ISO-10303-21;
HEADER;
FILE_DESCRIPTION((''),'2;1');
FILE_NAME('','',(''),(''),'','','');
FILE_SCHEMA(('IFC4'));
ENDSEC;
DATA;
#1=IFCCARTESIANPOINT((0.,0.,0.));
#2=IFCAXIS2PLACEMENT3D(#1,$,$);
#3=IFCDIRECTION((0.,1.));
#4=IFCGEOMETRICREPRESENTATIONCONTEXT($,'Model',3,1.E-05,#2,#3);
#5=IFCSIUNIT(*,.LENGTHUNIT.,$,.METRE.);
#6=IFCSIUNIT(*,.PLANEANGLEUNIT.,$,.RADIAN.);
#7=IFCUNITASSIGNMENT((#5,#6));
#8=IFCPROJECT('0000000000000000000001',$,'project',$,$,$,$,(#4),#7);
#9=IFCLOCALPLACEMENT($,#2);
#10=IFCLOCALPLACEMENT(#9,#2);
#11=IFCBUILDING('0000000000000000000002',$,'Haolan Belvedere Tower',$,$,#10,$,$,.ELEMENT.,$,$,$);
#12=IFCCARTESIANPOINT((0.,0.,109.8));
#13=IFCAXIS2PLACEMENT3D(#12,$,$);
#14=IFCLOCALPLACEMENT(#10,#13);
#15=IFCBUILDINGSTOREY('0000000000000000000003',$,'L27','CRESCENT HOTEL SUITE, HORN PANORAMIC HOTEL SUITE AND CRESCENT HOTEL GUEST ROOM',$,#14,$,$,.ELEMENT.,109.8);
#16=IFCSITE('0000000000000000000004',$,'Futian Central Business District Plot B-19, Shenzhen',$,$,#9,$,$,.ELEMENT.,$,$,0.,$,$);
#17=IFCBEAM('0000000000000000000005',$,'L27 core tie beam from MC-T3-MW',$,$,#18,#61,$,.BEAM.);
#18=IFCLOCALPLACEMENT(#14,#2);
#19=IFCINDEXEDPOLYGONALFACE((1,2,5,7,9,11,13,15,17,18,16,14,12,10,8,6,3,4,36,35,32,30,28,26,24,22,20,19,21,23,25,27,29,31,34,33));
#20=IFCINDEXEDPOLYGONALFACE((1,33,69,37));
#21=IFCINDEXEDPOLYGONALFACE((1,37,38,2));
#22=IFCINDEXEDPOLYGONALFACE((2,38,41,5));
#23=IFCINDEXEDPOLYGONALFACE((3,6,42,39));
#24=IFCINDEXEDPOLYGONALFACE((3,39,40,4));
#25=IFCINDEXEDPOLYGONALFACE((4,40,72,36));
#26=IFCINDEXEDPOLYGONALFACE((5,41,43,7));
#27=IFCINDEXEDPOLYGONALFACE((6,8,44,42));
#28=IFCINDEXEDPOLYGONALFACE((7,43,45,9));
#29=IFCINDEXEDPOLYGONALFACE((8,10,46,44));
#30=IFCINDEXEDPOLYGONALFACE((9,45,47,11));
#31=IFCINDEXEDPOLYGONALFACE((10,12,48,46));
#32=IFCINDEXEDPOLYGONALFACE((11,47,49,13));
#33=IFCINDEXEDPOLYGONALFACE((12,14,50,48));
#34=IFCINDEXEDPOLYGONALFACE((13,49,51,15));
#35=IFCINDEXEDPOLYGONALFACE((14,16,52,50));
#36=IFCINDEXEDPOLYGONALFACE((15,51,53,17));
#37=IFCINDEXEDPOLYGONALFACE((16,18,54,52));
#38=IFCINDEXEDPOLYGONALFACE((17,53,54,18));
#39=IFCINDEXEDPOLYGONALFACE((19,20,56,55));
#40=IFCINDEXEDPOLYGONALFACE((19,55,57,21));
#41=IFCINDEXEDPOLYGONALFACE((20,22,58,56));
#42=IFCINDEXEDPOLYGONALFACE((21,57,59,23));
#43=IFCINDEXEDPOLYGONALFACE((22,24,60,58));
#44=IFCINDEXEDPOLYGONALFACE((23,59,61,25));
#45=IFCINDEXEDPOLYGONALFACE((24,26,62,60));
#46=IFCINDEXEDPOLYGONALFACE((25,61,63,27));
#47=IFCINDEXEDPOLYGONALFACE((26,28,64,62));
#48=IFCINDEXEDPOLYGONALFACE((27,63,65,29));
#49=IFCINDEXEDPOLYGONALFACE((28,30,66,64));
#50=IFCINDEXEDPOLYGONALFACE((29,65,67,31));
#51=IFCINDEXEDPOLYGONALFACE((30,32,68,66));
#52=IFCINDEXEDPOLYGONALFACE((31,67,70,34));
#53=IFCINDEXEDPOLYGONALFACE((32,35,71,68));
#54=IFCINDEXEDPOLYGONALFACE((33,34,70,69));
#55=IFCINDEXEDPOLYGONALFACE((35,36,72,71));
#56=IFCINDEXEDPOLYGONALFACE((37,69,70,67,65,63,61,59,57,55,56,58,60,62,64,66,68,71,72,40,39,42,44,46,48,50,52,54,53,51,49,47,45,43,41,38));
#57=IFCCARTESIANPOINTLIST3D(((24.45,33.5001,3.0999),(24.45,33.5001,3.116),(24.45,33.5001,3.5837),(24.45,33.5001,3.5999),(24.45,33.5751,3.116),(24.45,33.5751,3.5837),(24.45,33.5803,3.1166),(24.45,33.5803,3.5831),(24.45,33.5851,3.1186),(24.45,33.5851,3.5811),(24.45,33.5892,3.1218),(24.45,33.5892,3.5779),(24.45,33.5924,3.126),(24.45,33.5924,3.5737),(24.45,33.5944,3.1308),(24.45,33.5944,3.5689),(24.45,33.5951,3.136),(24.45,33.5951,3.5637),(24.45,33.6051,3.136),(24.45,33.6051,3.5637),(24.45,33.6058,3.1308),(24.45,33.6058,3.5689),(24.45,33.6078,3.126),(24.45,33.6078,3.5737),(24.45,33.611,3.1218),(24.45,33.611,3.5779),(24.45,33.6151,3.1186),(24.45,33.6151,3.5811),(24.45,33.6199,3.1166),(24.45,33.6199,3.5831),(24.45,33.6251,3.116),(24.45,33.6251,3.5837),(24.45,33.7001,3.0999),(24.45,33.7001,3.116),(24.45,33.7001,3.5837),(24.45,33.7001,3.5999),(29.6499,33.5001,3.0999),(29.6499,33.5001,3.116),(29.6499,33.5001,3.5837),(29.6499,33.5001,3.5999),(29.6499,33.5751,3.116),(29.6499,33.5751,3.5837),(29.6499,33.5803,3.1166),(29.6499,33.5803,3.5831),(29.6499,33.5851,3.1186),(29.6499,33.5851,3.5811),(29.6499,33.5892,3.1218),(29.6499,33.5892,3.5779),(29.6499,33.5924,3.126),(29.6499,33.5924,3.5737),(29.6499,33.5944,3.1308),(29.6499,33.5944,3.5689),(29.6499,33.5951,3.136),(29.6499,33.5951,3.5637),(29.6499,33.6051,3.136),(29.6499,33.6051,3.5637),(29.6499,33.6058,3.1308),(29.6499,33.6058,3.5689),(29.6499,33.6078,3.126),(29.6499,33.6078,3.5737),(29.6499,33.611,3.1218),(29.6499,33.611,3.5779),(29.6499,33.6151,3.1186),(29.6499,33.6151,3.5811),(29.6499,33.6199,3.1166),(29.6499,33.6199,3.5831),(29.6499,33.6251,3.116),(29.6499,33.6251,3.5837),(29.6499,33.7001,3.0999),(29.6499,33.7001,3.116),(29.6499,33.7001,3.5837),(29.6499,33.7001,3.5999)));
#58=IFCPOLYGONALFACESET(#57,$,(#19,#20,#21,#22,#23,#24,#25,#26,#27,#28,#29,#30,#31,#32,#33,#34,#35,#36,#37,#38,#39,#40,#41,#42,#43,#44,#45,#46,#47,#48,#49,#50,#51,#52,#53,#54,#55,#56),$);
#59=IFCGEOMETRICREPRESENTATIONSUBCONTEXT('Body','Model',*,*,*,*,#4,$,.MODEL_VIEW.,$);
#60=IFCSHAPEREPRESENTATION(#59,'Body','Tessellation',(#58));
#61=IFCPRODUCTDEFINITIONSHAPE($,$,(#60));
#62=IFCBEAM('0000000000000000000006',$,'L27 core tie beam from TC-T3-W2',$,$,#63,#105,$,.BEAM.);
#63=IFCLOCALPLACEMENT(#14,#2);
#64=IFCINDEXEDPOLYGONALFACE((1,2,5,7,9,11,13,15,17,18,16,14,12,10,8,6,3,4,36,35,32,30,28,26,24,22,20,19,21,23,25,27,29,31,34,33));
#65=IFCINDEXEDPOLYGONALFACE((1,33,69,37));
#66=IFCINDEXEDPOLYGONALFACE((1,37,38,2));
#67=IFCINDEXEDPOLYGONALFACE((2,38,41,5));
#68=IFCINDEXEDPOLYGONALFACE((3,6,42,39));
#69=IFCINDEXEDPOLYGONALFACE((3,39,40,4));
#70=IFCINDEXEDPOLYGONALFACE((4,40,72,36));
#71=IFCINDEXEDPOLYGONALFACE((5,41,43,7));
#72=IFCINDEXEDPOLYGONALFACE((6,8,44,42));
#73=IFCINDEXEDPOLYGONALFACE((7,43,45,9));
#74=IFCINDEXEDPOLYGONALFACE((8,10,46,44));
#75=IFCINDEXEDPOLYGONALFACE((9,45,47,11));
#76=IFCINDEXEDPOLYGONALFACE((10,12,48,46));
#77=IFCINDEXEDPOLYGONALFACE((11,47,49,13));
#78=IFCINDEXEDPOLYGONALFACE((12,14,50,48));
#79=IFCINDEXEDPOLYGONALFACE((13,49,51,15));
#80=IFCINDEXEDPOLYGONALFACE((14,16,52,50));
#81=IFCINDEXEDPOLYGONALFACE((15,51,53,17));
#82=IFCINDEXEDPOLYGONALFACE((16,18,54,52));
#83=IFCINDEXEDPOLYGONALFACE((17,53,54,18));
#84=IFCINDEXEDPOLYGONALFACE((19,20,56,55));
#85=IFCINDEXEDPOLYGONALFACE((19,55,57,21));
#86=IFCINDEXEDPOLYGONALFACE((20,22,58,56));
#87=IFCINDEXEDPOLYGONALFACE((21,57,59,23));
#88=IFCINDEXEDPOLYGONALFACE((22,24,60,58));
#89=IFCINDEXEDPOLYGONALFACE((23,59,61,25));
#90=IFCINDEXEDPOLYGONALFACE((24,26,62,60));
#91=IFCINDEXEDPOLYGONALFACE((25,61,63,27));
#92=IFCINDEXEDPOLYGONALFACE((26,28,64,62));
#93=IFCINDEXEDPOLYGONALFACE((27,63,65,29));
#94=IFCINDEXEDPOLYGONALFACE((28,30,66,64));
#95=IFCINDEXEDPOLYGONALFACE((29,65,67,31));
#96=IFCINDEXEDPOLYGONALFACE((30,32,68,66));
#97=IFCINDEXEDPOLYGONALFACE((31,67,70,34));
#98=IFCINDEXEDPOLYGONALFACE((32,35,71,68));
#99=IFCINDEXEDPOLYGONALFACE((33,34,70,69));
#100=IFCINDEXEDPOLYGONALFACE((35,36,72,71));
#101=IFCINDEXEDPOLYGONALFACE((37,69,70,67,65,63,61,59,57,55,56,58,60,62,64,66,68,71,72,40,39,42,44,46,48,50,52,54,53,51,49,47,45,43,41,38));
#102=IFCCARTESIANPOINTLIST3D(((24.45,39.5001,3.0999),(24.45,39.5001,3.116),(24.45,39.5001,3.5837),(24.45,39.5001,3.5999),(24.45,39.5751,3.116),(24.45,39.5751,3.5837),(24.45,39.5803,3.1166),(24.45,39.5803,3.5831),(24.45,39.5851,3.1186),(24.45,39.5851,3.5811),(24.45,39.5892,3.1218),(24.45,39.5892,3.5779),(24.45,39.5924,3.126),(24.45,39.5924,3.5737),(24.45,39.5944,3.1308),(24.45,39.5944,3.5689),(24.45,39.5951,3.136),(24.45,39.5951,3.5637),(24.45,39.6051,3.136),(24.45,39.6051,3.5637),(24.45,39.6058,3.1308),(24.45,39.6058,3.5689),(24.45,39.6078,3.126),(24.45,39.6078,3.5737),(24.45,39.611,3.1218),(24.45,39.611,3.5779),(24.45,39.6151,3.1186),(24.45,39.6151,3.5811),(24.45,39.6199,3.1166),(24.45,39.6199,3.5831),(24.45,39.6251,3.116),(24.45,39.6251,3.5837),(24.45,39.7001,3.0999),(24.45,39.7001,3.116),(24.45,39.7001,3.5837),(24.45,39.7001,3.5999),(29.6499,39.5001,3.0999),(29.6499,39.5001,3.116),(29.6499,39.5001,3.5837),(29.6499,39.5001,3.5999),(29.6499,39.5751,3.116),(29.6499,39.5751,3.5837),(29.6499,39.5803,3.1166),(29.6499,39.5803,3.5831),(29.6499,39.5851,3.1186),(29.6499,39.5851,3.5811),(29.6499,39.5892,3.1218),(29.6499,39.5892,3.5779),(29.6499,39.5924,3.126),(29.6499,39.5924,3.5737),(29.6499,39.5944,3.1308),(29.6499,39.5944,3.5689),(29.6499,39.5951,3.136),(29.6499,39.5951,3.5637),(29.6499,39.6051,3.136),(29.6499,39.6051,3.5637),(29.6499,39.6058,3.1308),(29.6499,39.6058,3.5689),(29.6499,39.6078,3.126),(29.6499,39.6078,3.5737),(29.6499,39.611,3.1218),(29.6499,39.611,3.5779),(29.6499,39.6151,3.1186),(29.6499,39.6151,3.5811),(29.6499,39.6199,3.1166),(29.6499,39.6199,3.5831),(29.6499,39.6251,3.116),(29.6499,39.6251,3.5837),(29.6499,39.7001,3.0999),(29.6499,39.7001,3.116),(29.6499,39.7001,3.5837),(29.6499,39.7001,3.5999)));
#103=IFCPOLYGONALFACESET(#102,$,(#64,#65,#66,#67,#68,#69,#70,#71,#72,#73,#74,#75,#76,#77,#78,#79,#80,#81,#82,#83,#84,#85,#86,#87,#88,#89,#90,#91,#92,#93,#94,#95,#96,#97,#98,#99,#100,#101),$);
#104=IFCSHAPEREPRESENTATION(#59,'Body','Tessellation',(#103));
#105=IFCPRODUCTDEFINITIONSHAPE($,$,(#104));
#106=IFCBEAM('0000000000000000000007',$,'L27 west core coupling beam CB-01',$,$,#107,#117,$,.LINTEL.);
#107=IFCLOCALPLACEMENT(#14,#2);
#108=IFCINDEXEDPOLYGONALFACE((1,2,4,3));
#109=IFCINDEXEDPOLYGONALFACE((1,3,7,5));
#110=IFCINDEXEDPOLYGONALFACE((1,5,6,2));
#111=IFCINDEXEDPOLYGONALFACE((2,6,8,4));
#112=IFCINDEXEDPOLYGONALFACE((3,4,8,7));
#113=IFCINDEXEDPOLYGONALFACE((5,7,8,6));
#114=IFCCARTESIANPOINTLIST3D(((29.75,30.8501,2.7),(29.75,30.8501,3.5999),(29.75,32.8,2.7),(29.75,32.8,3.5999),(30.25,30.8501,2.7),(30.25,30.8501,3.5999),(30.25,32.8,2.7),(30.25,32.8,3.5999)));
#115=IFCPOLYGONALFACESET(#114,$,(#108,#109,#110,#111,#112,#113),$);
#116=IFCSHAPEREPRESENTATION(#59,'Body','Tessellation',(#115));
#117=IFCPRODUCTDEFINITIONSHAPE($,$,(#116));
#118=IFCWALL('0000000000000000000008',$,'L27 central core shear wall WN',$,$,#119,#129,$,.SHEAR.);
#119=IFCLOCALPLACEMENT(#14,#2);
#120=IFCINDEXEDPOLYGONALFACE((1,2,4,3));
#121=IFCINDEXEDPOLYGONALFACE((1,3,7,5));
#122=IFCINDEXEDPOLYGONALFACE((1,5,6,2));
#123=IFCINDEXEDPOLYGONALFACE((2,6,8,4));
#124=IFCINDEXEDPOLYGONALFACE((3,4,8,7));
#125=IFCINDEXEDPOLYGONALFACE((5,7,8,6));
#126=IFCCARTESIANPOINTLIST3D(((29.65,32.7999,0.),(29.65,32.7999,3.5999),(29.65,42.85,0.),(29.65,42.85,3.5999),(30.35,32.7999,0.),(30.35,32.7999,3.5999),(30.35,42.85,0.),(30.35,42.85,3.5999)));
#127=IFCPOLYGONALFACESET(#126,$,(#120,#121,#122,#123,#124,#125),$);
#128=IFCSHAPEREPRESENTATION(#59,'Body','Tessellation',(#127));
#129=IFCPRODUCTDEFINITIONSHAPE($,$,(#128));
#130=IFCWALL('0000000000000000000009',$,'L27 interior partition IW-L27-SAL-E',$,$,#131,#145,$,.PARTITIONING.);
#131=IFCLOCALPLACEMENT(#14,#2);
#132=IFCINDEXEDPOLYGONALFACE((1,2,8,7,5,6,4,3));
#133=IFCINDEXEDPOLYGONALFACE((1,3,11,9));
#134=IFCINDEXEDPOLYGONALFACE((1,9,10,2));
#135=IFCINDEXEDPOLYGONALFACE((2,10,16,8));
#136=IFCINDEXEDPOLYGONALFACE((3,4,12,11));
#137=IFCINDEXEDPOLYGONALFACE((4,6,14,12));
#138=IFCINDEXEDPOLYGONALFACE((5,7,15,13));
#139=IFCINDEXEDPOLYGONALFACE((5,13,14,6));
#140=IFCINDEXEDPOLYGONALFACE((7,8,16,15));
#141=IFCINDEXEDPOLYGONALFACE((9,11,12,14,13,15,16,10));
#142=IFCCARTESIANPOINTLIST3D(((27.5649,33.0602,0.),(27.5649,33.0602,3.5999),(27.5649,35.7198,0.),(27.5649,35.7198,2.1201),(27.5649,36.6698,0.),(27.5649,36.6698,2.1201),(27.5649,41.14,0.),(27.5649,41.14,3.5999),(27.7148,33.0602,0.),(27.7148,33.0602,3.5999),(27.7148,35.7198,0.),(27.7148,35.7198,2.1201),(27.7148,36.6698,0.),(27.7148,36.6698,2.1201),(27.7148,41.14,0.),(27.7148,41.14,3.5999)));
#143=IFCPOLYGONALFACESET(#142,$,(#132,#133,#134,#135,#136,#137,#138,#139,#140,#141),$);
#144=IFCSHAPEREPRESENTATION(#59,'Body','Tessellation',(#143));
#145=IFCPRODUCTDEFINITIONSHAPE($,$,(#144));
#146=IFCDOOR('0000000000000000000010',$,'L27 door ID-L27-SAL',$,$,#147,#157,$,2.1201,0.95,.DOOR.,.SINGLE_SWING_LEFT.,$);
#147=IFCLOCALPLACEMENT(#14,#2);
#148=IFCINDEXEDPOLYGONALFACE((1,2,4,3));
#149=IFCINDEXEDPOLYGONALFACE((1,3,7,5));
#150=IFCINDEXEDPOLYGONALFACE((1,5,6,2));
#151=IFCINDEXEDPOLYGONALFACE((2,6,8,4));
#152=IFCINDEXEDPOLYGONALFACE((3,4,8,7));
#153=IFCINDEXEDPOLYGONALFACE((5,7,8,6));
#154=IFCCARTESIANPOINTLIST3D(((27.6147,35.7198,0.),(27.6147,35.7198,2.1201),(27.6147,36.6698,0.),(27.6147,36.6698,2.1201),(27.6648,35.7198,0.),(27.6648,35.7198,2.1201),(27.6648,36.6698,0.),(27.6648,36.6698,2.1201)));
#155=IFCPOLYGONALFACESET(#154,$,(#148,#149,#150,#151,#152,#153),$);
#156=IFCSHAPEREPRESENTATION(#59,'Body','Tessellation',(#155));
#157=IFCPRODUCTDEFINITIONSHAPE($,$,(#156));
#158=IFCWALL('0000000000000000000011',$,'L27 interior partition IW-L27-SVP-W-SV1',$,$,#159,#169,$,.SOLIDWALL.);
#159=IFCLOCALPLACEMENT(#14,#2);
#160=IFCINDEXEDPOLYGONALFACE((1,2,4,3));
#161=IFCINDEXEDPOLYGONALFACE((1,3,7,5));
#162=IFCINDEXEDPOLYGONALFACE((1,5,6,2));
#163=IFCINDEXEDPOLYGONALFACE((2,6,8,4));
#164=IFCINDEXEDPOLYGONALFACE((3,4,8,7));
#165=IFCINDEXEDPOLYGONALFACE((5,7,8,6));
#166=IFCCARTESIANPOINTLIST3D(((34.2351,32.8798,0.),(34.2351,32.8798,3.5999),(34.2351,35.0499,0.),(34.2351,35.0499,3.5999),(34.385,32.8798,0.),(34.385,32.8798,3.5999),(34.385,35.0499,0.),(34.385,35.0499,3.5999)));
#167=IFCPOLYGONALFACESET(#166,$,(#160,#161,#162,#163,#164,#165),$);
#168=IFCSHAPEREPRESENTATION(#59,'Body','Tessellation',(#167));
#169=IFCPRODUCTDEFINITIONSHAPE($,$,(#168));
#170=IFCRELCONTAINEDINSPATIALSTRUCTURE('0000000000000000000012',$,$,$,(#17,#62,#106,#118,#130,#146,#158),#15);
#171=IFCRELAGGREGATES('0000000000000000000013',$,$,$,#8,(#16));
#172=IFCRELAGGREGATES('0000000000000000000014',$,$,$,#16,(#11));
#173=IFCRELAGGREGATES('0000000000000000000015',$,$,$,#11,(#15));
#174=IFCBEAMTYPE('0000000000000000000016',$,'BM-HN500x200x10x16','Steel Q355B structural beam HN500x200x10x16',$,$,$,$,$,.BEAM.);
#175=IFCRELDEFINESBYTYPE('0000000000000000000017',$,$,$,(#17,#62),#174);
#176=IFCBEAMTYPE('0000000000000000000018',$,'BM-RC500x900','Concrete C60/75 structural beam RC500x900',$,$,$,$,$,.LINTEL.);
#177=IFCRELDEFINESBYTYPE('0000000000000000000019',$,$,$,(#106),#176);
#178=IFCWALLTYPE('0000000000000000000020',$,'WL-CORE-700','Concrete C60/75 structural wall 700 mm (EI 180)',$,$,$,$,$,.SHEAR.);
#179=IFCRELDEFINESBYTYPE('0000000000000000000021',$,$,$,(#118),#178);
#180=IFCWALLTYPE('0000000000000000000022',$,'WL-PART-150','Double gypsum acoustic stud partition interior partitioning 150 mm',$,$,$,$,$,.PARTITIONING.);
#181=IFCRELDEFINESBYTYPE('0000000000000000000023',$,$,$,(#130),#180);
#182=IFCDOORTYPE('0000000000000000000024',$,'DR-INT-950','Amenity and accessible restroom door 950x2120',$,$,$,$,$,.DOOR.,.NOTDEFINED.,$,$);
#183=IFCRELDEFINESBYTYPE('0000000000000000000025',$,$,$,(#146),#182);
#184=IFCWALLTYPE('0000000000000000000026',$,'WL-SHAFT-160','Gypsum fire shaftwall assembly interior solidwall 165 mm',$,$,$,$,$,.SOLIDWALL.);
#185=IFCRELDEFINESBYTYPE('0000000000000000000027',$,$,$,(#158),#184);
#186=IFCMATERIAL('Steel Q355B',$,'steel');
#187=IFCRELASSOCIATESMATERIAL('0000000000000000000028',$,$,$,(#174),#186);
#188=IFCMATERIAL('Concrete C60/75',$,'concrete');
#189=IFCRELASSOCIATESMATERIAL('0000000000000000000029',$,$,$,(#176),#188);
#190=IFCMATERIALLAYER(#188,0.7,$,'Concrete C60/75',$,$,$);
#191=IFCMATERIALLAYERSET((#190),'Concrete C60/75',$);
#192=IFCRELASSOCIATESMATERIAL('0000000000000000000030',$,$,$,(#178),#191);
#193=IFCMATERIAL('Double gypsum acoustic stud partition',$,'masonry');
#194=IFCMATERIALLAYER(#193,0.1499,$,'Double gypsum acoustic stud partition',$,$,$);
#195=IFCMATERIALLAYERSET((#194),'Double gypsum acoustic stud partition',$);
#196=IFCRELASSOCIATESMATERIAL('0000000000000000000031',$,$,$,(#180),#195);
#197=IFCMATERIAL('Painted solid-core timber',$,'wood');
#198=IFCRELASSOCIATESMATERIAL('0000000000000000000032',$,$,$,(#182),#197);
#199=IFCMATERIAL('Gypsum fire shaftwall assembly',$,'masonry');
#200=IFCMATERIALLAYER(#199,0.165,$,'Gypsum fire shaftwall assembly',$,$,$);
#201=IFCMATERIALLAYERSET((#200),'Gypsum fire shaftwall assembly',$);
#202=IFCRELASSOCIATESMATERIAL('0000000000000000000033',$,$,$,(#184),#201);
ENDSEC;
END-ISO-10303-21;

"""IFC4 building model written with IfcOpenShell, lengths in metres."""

from ifc_helpers import new_model, si_unit, direction, frame, frame_2d, origin, origin_2d, place, context, subcontext, project, spatial, rectangle, i_section, extrude, material, layer, layer_set, material_profile, profile_set, type_object, element, fill, save


model = new_model("IFC4")

# Units and contexts
model_context = context("Model", 3, precision=1e-05, world=origin(), true_north=direction((0.0, 1.0)))
body_context = subcontext(model_context, "Body", "Model", "MODEL_VIEW")
ifc_project = project(units=[si_unit("LENGTHUNIT", "METRE"), si_unit("PLANEANGLEUNIT", "RADIAN")], contexts=[model_context])

# Site, building, storey
site_placement = place(None, origin())
site = spatial("IfcSite", under=ifc_project, at=site_placement, Name="Futian Central Business District Plot B-19, Shenzhen", CompositionType="ELEMENT", RefElevation=0.0)
building_placement = place(site_placement, origin())
building = spatial("IfcBuilding", under=site, at=building_placement, Name="Haolan Belvedere Tower", CompositionType="ELEMENT")
storey_placement = place(building_placement, frame((0.0, 0.0, 109.8)))
storey = spatial("IfcBuildingStorey", under=building, at=storey_placement, Name="L27", Description="CRESCENT HOTEL SUITE, HORN PANORAMIC HOTEL SUITE AND CRESCENT HOTEL GUEST ROOM", CompositionType="ELEMENT", Elevation=109.8)

# Beams
ifc_material_1 = material(Name="Steel Q355B", Category="steel")
ifc_material_profile_1 = material_profile(ifc_material_1, i_section(OverallWidth=0.2, OverallDepth=0.5, WebThickness=0.01, FlangeThickness=0.0161, FilletRadius=0.02, at=origin_2d()), Name="Steel Q355B")
ifc_profile_set_1 = profile_set([ifc_material_profile_1], Name="Steel Q355B")
beam_type_1 = type_object("IfcBeamType", Name="BM-HN500x200x10x16", Description="Steel Q355B structural beam HN500x200x10x16", PredefinedType="BEAM", material=ifc_profile_set_1)
for number, where, z_axis, x_axis, name in (
    (1, (24.45, 33.6001, 3.3499), (1.0, 0.0, 0.0), (0.0, 1.0, 0.0), "L27 core tie beam from MC-T3-MW"),
    (2, (24.45, 39.6001, 3.3499), (1.0, 0.0, 0.0), (0.0, 1.0, 0.0), "L27 core tie beam from TC-T3-W2"),
):
    element("IfcBeam", number, at=place(storey_placement, frame(where, z_axis=z_axis, x_axis=x_axis)), inside=storey, type_object=beam_type_1, Name=name, PredefinedType="BEAM", context=body_context, shape_type="SweptSolid", body=[
        extrude(i_section(OverallWidth=0.2, OverallDepth=0.5, WebThickness=0.01, FlangeThickness=0.0161, FilletRadius=0.02, at=origin_2d()), origin(), (0.0, 0.0, 1.0), 5.2),
    ])
ifc_material_2 = material(Name="Concrete C60/75", Category="concrete")
ifc_material_profile_2 = material_profile(ifc_material_2, rectangle(XDim=0.5, YDim=0.8999, at=origin_2d()), Name="Concrete C60/75")
ifc_profile_set_2 = profile_set([ifc_material_profile_2], Name="Concrete C60/75")
beam_type_2 = type_object("IfcBeamType", Name="BM-RC500x900", Description="Concrete C60/75 structural beam RC500x900", PredefinedType="LINTEL", material=ifc_profile_set_2)
beam_placement = place(storey_placement, frame((30.0, 30.8501, 3.1499), z_axis=(0.0, 1.0, 0.0), x_axis=(-1.0, 0.0, 0.0)))
element("IfcBeam", 3, at=beam_placement, inside=storey, type_object=beam_type_2, Name="L27 west core coupling beam CB-01", PredefinedType="LINTEL", context=body_context, shape_type="SweptSolid", body=[
    extrude(rectangle(XDim=0.5, YDim=0.8999, at=origin_2d()), origin(), (0.0, 0.0, 1.0), 1.95),
])

# Wall
ifc_layer_1 = layer(ifc_material_2, 0.7, Name="Concrete C60/75")
ifc_layer_set_1 = layer_set([ifc_layer_1], Name="Concrete C60/75")
wall_type_1 = type_object("IfcWallType", Name="WL-CORE-700", Description="Concrete C60/75 structural wall 700 mm (EI 180)", PredefinedType="SHEAR", material=ifc_layer_set_1)
wall_1_placement = place(storey_placement, frame((30.0, 32.8, 0.0), z_axis=(0.0, 0.0, 1.0), x_axis=(0.0, 1.0, 0.0)))
element("IfcWall", 4, at=wall_1_placement, inside=storey, type_object=wall_type_1, Name="L27 central core shear wall WN", PredefinedType="SHEAR", context=body_context, shape_type="SweptSolid", body=[
    extrude(rectangle(XDim=10.05, YDim=0.7, at=frame_2d((5.0249, 0.0))), origin(), (0.0, 0.0, 1.0), 3.5999),
])

# Wall, opening, door
ifc_material_3 = material(Name="Double gypsum acoustic stud partition", Category="masonry")
ifc_layer_2 = layer(ifc_material_3, 0.1499, Name="Double gypsum acoustic stud partition")
ifc_layer_set_2 = layer_set([ifc_layer_2], Name="Double gypsum acoustic stud partition")
wall_type_2 = type_object("IfcWallType", Name="WL-PART-150", Description="Double gypsum acoustic stud partition interior partitioning 150 mm", PredefinedType="PARTITIONING", material=ifc_layer_set_2)
wall_2_placement = place(storey_placement, frame((27.6399, 33.0601, 0.0), z_axis=(0.0, 0.0, 1.0), x_axis=(0.0, 1.0, 0.0)))
wall_2 = element("IfcWall", 5, at=wall_2_placement, inside=storey, type_object=wall_type_2, Name="L27 interior partition IW-L27-SAL-E", PredefinedType="PARTITIONING", context=body_context, shape_type="SweptSolid", body=[
    extrude(rectangle(XDim=8.0798, YDim=0.1499, at=frame_2d((4.04, 0.0))), origin(), (0.0, 0.0, 1.0), 3.5999),
])
opening_1_placement = place(wall_2_placement, frame((3.6099, 0.0, 0.0), z_axis=(0.0, 0.0, 1.0), x_axis=(-1.0, 0.0, 0.0)))
opening_1 = element("IfcOpeningElement", 6, at=opening_1_placement, cuts=wall_2, PredefinedType="OPENING", context=body_context, shape_type="SweptSolid", body=[
    extrude(rectangle(XDim=0.95, YDim=2.1201, at=frame_2d((0.4751, 1.0601))), frame((0.0, 0.085, 0.0), z_axis=(0.0, -1.0, 0.0), x_axis=(1.0, 0.0, 0.0)), (0.0, 0.0, 1.0), 0.1699),
])
ifc_material_4 = material(Name="Painted solid-core timber", Category="wood")
door_type_1 = type_object("IfcDoorType", Name="DR-INT-950", Description="Amenity and accessible restroom door 950x2120", OperationType="NOTDEFINED", PredefinedType="DOOR", material=ifc_material_4)
door_1_placement = place(opening_1_placement, origin())
door_1 = element("IfcDoor", 7, at=door_1_placement, inside=storey, type_object=door_type_1, Name="L27 door ID-L27-SAL", OperationType="SINGLE_SWING_LEFT", OverallHeight=2.1201, OverallWidth=0.95, PredefinedType="DOOR", context=body_context, shape_type="SweptSolid", body=[
    extrude(rectangle(XDim=0.95, YDim=2.1201, at=frame_2d((0.4751, 1.0601))), frame((0.0, 0.0249, 0.0), z_axis=(0.0, -1.0, 0.0), x_axis=(1.0, 0.0, 0.0)), (0.0, 0.0, 1.0), 0.05),
])
fill(opening_1, door_1)

# Wall
ifc_material_5 = material(Name="Gypsum fire shaftwall assembly", Category="masonry")
ifc_layer_3 = layer(ifc_material_5, 0.165, Name="Gypsum fire shaftwall assembly")
ifc_layer_set_3 = layer_set([ifc_layer_3], Name="Gypsum fire shaftwall assembly")
wall_type_3 = type_object("IfcWallType", Name="WL-SHAFT-160", Description="Gypsum fire shaftwall assembly interior solidwall 165 mm", PredefinedType="SOLIDWALL", material=ifc_layer_set_3)
wall_3_placement = place(storey_placement, frame((34.3101, 32.8799, 0.0), z_axis=(0.0, 0.0, 1.0), x_axis=(0.0, 1.0, 0.0)))
element("IfcWall", 8, at=wall_3_placement, inside=storey, type_object=wall_type_3, Name="L27 interior partition IW-L27-SVP-W-SV1", PredefinedType="SOLIDWALL", context=body_context, shape_type="SweptSolid", body=[
    extrude(rectangle(XDim=2.1702, YDim=0.1499, at=frame_2d((1.085, 0.0))), origin(), (0.0, 0.0, 1.0), 3.5999),
])

save(model, "model.ifc")
